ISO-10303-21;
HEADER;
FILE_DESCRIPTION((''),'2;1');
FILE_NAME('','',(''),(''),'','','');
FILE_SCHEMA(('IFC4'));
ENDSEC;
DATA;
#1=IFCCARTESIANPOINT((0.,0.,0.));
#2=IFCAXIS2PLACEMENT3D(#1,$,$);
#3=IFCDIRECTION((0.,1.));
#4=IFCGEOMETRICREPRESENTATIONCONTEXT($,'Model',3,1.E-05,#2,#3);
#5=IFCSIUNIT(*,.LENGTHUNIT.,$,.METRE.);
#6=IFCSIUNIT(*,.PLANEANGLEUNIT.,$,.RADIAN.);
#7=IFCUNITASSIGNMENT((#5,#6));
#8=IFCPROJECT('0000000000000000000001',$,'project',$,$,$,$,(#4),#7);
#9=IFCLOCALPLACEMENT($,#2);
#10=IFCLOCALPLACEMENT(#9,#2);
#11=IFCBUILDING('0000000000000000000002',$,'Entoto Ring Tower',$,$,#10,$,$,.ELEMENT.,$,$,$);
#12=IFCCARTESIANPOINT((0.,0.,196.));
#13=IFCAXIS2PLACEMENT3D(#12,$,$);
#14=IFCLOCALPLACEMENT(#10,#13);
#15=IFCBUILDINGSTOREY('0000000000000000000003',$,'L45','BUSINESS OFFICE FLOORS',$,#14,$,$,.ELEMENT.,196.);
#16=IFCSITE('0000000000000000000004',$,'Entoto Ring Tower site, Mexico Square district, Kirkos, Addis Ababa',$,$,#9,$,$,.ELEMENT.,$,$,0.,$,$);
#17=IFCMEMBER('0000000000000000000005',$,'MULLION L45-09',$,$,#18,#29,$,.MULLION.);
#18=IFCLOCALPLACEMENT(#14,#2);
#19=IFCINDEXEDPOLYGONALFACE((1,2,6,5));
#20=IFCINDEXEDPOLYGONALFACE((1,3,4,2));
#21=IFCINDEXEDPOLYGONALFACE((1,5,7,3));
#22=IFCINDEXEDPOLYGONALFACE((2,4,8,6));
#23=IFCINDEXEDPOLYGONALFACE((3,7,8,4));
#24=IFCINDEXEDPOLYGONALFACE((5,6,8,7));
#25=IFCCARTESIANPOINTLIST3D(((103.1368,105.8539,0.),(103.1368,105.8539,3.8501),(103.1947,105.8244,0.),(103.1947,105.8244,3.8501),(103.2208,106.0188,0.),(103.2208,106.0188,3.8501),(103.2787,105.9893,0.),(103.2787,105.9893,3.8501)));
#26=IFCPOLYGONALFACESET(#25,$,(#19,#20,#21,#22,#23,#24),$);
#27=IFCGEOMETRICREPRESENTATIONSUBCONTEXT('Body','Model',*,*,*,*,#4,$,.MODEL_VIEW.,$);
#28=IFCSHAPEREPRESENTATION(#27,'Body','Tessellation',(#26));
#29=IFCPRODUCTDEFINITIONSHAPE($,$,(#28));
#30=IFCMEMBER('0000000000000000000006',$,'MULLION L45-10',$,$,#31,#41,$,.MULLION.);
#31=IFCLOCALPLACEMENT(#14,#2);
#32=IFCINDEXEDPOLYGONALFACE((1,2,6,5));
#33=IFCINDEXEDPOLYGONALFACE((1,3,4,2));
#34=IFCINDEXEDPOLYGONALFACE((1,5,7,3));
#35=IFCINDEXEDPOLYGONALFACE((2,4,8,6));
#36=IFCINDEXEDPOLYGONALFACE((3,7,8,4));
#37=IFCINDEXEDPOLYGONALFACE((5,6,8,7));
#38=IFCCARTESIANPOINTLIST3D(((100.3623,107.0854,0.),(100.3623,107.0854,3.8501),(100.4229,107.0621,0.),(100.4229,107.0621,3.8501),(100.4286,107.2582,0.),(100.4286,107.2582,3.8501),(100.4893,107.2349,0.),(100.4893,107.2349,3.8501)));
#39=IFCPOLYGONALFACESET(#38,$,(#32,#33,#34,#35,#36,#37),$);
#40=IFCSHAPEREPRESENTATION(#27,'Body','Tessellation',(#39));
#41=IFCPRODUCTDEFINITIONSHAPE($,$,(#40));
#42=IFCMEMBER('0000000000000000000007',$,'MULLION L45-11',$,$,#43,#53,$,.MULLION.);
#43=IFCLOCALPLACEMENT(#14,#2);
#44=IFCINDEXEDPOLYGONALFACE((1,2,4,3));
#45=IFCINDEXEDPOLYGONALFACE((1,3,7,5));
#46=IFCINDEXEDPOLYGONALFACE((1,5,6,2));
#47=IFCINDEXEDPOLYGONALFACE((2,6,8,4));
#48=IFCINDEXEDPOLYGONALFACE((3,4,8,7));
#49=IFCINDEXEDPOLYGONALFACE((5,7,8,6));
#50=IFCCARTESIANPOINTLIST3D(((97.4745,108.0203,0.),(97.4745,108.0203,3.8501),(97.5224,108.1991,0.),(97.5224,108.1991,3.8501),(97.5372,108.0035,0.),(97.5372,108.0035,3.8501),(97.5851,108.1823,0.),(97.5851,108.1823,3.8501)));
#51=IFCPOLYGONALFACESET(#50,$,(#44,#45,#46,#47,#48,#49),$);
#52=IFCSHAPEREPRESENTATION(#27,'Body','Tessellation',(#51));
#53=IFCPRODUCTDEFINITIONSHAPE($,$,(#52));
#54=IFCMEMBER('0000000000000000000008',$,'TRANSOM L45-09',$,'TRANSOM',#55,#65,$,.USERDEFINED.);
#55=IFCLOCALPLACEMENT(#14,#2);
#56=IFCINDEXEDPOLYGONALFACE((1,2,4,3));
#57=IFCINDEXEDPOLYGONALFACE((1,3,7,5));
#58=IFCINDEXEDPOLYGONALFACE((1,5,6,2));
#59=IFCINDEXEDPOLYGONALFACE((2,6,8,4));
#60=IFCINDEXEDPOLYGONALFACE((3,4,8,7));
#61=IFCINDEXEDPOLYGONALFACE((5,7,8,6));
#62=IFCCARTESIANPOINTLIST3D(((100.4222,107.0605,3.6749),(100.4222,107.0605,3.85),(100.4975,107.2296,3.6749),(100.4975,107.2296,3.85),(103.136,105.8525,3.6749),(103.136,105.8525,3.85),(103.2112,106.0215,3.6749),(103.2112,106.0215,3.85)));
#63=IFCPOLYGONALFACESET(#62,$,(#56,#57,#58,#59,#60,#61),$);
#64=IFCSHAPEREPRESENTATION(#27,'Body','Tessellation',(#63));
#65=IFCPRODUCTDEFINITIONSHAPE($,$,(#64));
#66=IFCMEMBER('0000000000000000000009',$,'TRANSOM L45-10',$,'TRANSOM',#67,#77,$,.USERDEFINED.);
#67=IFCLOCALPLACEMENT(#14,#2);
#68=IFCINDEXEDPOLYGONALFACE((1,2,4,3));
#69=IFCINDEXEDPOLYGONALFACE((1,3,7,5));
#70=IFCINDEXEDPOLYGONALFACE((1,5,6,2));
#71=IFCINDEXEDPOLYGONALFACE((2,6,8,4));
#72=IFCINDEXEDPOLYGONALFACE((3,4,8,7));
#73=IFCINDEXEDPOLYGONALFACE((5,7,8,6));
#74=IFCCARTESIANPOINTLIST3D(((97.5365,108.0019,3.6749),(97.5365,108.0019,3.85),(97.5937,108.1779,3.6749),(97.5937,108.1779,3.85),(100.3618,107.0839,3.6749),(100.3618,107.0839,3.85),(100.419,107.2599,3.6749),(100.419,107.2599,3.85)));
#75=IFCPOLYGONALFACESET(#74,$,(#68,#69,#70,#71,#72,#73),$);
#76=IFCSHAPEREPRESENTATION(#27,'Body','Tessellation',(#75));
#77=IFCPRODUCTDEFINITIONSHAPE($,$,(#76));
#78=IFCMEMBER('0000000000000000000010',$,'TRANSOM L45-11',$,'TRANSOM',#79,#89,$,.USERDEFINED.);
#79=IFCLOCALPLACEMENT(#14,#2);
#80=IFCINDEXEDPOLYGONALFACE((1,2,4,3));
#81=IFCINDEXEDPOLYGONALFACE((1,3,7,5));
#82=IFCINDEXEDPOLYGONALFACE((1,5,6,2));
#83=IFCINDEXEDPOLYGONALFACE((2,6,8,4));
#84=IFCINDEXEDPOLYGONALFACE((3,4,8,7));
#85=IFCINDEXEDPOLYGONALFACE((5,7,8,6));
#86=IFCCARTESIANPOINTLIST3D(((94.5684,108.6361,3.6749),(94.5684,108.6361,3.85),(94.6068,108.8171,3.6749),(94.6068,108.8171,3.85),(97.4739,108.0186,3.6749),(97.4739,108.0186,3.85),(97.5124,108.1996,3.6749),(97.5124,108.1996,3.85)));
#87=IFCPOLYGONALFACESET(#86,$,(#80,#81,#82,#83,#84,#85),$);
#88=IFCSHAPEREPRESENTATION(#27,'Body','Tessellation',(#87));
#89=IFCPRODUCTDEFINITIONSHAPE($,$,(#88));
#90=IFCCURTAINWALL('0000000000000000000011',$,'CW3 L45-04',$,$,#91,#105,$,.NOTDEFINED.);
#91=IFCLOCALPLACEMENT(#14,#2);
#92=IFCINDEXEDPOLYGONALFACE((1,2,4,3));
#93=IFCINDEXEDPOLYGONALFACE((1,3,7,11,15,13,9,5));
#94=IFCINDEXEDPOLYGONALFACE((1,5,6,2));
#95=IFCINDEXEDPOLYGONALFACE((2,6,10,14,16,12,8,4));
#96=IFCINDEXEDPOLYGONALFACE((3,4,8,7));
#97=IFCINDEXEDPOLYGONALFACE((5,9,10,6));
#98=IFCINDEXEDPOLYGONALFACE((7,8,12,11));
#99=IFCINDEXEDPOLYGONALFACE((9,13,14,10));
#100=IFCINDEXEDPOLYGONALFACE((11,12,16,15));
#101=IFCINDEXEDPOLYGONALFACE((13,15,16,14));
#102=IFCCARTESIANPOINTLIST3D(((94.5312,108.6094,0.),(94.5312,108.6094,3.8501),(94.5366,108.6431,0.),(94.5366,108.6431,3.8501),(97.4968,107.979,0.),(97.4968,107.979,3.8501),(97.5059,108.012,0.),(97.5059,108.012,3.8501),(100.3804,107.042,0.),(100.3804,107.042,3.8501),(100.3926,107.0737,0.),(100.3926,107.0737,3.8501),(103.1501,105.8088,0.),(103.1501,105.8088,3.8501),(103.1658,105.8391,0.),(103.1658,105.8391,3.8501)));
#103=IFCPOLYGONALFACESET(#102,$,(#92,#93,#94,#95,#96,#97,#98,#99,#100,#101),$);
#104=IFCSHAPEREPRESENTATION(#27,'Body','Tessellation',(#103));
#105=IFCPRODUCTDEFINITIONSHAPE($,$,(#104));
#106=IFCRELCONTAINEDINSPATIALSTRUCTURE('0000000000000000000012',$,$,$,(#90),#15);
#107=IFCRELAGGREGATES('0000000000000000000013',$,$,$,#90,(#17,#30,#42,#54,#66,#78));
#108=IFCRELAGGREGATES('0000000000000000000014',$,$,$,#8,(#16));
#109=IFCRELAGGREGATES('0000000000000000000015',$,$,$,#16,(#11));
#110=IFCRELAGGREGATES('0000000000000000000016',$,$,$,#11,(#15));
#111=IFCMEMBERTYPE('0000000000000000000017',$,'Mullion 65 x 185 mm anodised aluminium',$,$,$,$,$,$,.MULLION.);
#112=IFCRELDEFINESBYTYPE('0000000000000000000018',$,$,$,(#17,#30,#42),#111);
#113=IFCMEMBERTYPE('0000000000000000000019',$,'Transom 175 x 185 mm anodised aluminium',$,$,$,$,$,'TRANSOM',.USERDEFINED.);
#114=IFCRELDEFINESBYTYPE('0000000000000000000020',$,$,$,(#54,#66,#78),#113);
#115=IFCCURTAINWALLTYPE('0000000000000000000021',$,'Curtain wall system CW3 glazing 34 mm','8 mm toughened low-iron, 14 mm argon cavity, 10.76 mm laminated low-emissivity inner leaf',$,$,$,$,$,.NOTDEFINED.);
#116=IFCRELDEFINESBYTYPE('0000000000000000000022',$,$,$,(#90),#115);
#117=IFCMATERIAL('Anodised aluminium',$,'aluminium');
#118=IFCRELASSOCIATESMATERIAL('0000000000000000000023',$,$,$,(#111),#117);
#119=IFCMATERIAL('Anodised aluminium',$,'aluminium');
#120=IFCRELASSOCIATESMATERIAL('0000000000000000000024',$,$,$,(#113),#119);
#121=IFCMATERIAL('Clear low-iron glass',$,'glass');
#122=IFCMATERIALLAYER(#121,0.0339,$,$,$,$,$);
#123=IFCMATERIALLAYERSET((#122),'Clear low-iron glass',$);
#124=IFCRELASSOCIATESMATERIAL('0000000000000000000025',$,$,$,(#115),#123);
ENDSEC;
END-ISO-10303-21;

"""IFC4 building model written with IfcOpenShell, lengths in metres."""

from ifc_helpers import new_model, si_unit, direction, frame, origin, origin_2d, place, context, subcontext, project, spatial, polyline, rectangle, outline, extrude, material, layer, layer_set, material_profile, profile_set, type_object, element, aggregate, save


model = new_model("IFC4")

# Units and contexts
model_context = context("Model", 3, precision=1e-05, world=origin(), true_north=direction((0.0, 1.0)))
body_context = subcontext(model_context, "Body", "Model", "MODEL_VIEW")
ifc_project = project(units=[si_unit("LENGTHUNIT", "METRE"), si_unit("PLANEANGLEUNIT", "RADIAN")], contexts=[model_context])

# Members
ifc_material_1 = material(Name="Anodised aluminium", Category="aluminium")
ifc_material_profile_1 = material_profile(ifc_material_1, rectangle(XDim=0.0649, YDim=0.1851, at=origin_2d()), Name="Mullion 65 x 185 mm anodised aluminium")
ifc_profile_set_1 = profile_set([ifc_material_profile_1], Name="Anodised aluminium")
member_type_1 = type_object("IfcMemberType", Name="Mullion 65 x 185 mm anodised aluminium", PredefinedType="MULLION", material=ifc_profile_set_1)
site_placement = place(None, origin())
building_placement = place(site_placement, origin())
storey_placement = place(building_placement, frame((0.0, 0.0, 196.0)))
member_1_placement = place(storey_placement, frame((103.2078, 105.9216, 0.0), z_axis=(0.0, 0.0, 1.0), x_axis=(-0.891007, 0.45399, 0.0)))
member_1 = element("IfcMember", 1, at=member_1_placement, type_object=member_type_1, Name="MULLION L45-09", PredefinedType="MULLION", context=body_context, shape_type="SweptSolid", body=[
    extrude(rectangle(XDim=0.0649, YDim=0.1851, at=origin_2d()), origin(), (0.0, 0.0, 1.0), 3.8501),
])
member_2_placement = place(storey_placement, frame((100.4258, 107.1602, 0.0), z_axis=(0.0, 0.0, 1.0), x_axis=(-0.93358, 0.358368, 0.0)))
member_2 = element("IfcMember", 2, at=member_2_placement, type_object=member_type_1, Name="MULLION L45-10", PredefinedType="MULLION", context=body_context, shape_type="SweptSolid", body=[
    extrude(rectangle(XDim=0.0649, YDim=0.1851, at=origin_2d()), origin(), (0.0, 0.0, 1.0), 3.8501),
])
member_3_placement = place(storey_placement, frame((97.5298, 108.1013, 0.0), z_axis=(0.0, 0.0, 1.0), x_axis=(-0.965926, 0.258819, 0.0)))
member_3 = element("IfcMember", 3, at=member_3_placement, type_object=member_type_1, Name="MULLION L45-11", PredefinedType="MULLION", context=body_context, shape_type="SweptSolid", body=[
    extrude(rectangle(XDim=0.0649, YDim=0.1851, at=origin_2d()), origin(), (0.0, 0.0, 1.0), 3.8501),
])
ifc_material_2 = material(Name="Anodised aluminium", Category="aluminium")
ifc_material_profile_2 = material_profile(ifc_material_2, rectangle(XDim=0.1851, YDim=0.175, at=origin_2d()), Name="Transom 175 x 185 mm anodised aluminium")
ifc_profile_set_2 = profile_set([ifc_material_profile_2], Name="Anodised aluminium")
member_type_2 = type_object("IfcMemberType", Name="Transom 175 x 185 mm anodised aluminium", ElementType="TRANSOM", PredefinedType="USERDEFINED", material=ifc_profile_set_2)
member_4_placement = place(storey_placement, frame((103.1736, 105.937, 3.7625), z_axis=(-0.913567, 0.406687, 0.0), x_axis=(-0.406687, -0.913567, 0.0)))
member_4 = element("IfcMember", 4, at=member_4_placement, type_object=member_type_2, Name="TRANSOM L45-09", ObjectType="TRANSOM", PredefinedType="USERDEFINED", context=body_context, shape_type="SweptSolid", body=[
    extrude(rectangle(XDim=0.1851, YDim=0.175, at=origin_2d()), origin(), (0.0, 0.0, 1.0), 2.9705),
])
member_5_placement = place(storey_placement, frame((100.3904, 107.1719, 3.7625), z_axis=(-0.951056, 0.309019, 0.0), x_axis=(-0.309019, -0.951056, 0.0)))
member_5 = element("IfcMember", 5, at=member_5_placement, type_object=member_type_2, Name="TRANSOM L45-10", ObjectType="TRANSOM", PredefinedType="USERDEFINED", context=body_context, shape_type="SweptSolid", body=[
    extrude(rectangle(XDim=0.1851, YDim=0.175, at=origin_2d()), origin(), (0.0, 0.0, 1.0), 2.9707),
])
member_6_placement = place(storey_placement, frame((97.4932, 108.1091, 3.7625), z_axis=(-0.978158, 0.207862, 0.0), x_axis=(-0.207862, -0.978158, 0.0)))
member_6 = element("IfcMember", 6, at=member_6_placement, type_object=member_type_2, Name="TRANSOM L45-11", ObjectType="TRANSOM", PredefinedType="USERDEFINED", context=body_context, shape_type="SweptSolid", body=[
    extrude(rectangle(XDim=0.1851, YDim=0.175, at=origin_2d()), origin(), (0.0, 0.0, 1.0), 2.9705),
])

# Site, building, storey
site = spatial("IfcSite", under=ifc_project, at=site_placement, Name="Entoto Ring Tower site, Mexico Square district, Kirkos, Addis Ababa", CompositionType="ELEMENT", RefElevation=0.0)
building = spatial("IfcBuilding", under=site, at=building_placement, Name="Entoto Ring Tower", CompositionType="ELEMENT")
storey = spatial("IfcBuildingStorey", under=building, at=storey_placement, Name="L45", Description="BUSINESS OFFICE FLOORS", CompositionType="ELEMENT", Elevation=196.0)

# Curtain wall
ifc_material_3 = material(Name="Clear low-iron glass", Category="glass")
ifc_layer = layer(ifc_material_3, 0.0339)
ifc_layer_set = layer_set([ifc_layer], Name="Clear low-iron glass")
curtain_wall_type = type_object("IfcCurtainWallType", Name="Curtain wall system CW3 glazing 34 mm", Description="8 mm toughened low-iron, 14 mm argon cavity, 10.76 mm laminated low-emissivity inner leaf", PredefinedType="NOTDEFINED", material=ifc_layer_set)
curtain_wall_1_placement = place(storey_placement, origin())
curtain_wall_1 = element("IfcCurtainWall", 7, at=curtain_wall_1_placement, inside=storey, type_object=curtain_wall_type, Name="CW3 L45-04", PredefinedType="NOTDEFINED", context=body_context, shape_type="SweptSolid", body=[
    extrude(outline(polyline([(103.1658, 105.8391), (100.3926, 107.0737), (97.5059, 108.012), (94.5366, 108.6431), (94.5312, 108.6094), (97.4968, 107.979), (100.3804, 107.042), (103.1501, 105.8088), (103.1658, 105.8391)])), origin(), (0.0, 0.0, 1.0), 3.8501),
])
aggregate(curtain_wall_1, [member_1, member_2, member_3, member_4, member_5, member_6])

save(model, "model.ifc")
